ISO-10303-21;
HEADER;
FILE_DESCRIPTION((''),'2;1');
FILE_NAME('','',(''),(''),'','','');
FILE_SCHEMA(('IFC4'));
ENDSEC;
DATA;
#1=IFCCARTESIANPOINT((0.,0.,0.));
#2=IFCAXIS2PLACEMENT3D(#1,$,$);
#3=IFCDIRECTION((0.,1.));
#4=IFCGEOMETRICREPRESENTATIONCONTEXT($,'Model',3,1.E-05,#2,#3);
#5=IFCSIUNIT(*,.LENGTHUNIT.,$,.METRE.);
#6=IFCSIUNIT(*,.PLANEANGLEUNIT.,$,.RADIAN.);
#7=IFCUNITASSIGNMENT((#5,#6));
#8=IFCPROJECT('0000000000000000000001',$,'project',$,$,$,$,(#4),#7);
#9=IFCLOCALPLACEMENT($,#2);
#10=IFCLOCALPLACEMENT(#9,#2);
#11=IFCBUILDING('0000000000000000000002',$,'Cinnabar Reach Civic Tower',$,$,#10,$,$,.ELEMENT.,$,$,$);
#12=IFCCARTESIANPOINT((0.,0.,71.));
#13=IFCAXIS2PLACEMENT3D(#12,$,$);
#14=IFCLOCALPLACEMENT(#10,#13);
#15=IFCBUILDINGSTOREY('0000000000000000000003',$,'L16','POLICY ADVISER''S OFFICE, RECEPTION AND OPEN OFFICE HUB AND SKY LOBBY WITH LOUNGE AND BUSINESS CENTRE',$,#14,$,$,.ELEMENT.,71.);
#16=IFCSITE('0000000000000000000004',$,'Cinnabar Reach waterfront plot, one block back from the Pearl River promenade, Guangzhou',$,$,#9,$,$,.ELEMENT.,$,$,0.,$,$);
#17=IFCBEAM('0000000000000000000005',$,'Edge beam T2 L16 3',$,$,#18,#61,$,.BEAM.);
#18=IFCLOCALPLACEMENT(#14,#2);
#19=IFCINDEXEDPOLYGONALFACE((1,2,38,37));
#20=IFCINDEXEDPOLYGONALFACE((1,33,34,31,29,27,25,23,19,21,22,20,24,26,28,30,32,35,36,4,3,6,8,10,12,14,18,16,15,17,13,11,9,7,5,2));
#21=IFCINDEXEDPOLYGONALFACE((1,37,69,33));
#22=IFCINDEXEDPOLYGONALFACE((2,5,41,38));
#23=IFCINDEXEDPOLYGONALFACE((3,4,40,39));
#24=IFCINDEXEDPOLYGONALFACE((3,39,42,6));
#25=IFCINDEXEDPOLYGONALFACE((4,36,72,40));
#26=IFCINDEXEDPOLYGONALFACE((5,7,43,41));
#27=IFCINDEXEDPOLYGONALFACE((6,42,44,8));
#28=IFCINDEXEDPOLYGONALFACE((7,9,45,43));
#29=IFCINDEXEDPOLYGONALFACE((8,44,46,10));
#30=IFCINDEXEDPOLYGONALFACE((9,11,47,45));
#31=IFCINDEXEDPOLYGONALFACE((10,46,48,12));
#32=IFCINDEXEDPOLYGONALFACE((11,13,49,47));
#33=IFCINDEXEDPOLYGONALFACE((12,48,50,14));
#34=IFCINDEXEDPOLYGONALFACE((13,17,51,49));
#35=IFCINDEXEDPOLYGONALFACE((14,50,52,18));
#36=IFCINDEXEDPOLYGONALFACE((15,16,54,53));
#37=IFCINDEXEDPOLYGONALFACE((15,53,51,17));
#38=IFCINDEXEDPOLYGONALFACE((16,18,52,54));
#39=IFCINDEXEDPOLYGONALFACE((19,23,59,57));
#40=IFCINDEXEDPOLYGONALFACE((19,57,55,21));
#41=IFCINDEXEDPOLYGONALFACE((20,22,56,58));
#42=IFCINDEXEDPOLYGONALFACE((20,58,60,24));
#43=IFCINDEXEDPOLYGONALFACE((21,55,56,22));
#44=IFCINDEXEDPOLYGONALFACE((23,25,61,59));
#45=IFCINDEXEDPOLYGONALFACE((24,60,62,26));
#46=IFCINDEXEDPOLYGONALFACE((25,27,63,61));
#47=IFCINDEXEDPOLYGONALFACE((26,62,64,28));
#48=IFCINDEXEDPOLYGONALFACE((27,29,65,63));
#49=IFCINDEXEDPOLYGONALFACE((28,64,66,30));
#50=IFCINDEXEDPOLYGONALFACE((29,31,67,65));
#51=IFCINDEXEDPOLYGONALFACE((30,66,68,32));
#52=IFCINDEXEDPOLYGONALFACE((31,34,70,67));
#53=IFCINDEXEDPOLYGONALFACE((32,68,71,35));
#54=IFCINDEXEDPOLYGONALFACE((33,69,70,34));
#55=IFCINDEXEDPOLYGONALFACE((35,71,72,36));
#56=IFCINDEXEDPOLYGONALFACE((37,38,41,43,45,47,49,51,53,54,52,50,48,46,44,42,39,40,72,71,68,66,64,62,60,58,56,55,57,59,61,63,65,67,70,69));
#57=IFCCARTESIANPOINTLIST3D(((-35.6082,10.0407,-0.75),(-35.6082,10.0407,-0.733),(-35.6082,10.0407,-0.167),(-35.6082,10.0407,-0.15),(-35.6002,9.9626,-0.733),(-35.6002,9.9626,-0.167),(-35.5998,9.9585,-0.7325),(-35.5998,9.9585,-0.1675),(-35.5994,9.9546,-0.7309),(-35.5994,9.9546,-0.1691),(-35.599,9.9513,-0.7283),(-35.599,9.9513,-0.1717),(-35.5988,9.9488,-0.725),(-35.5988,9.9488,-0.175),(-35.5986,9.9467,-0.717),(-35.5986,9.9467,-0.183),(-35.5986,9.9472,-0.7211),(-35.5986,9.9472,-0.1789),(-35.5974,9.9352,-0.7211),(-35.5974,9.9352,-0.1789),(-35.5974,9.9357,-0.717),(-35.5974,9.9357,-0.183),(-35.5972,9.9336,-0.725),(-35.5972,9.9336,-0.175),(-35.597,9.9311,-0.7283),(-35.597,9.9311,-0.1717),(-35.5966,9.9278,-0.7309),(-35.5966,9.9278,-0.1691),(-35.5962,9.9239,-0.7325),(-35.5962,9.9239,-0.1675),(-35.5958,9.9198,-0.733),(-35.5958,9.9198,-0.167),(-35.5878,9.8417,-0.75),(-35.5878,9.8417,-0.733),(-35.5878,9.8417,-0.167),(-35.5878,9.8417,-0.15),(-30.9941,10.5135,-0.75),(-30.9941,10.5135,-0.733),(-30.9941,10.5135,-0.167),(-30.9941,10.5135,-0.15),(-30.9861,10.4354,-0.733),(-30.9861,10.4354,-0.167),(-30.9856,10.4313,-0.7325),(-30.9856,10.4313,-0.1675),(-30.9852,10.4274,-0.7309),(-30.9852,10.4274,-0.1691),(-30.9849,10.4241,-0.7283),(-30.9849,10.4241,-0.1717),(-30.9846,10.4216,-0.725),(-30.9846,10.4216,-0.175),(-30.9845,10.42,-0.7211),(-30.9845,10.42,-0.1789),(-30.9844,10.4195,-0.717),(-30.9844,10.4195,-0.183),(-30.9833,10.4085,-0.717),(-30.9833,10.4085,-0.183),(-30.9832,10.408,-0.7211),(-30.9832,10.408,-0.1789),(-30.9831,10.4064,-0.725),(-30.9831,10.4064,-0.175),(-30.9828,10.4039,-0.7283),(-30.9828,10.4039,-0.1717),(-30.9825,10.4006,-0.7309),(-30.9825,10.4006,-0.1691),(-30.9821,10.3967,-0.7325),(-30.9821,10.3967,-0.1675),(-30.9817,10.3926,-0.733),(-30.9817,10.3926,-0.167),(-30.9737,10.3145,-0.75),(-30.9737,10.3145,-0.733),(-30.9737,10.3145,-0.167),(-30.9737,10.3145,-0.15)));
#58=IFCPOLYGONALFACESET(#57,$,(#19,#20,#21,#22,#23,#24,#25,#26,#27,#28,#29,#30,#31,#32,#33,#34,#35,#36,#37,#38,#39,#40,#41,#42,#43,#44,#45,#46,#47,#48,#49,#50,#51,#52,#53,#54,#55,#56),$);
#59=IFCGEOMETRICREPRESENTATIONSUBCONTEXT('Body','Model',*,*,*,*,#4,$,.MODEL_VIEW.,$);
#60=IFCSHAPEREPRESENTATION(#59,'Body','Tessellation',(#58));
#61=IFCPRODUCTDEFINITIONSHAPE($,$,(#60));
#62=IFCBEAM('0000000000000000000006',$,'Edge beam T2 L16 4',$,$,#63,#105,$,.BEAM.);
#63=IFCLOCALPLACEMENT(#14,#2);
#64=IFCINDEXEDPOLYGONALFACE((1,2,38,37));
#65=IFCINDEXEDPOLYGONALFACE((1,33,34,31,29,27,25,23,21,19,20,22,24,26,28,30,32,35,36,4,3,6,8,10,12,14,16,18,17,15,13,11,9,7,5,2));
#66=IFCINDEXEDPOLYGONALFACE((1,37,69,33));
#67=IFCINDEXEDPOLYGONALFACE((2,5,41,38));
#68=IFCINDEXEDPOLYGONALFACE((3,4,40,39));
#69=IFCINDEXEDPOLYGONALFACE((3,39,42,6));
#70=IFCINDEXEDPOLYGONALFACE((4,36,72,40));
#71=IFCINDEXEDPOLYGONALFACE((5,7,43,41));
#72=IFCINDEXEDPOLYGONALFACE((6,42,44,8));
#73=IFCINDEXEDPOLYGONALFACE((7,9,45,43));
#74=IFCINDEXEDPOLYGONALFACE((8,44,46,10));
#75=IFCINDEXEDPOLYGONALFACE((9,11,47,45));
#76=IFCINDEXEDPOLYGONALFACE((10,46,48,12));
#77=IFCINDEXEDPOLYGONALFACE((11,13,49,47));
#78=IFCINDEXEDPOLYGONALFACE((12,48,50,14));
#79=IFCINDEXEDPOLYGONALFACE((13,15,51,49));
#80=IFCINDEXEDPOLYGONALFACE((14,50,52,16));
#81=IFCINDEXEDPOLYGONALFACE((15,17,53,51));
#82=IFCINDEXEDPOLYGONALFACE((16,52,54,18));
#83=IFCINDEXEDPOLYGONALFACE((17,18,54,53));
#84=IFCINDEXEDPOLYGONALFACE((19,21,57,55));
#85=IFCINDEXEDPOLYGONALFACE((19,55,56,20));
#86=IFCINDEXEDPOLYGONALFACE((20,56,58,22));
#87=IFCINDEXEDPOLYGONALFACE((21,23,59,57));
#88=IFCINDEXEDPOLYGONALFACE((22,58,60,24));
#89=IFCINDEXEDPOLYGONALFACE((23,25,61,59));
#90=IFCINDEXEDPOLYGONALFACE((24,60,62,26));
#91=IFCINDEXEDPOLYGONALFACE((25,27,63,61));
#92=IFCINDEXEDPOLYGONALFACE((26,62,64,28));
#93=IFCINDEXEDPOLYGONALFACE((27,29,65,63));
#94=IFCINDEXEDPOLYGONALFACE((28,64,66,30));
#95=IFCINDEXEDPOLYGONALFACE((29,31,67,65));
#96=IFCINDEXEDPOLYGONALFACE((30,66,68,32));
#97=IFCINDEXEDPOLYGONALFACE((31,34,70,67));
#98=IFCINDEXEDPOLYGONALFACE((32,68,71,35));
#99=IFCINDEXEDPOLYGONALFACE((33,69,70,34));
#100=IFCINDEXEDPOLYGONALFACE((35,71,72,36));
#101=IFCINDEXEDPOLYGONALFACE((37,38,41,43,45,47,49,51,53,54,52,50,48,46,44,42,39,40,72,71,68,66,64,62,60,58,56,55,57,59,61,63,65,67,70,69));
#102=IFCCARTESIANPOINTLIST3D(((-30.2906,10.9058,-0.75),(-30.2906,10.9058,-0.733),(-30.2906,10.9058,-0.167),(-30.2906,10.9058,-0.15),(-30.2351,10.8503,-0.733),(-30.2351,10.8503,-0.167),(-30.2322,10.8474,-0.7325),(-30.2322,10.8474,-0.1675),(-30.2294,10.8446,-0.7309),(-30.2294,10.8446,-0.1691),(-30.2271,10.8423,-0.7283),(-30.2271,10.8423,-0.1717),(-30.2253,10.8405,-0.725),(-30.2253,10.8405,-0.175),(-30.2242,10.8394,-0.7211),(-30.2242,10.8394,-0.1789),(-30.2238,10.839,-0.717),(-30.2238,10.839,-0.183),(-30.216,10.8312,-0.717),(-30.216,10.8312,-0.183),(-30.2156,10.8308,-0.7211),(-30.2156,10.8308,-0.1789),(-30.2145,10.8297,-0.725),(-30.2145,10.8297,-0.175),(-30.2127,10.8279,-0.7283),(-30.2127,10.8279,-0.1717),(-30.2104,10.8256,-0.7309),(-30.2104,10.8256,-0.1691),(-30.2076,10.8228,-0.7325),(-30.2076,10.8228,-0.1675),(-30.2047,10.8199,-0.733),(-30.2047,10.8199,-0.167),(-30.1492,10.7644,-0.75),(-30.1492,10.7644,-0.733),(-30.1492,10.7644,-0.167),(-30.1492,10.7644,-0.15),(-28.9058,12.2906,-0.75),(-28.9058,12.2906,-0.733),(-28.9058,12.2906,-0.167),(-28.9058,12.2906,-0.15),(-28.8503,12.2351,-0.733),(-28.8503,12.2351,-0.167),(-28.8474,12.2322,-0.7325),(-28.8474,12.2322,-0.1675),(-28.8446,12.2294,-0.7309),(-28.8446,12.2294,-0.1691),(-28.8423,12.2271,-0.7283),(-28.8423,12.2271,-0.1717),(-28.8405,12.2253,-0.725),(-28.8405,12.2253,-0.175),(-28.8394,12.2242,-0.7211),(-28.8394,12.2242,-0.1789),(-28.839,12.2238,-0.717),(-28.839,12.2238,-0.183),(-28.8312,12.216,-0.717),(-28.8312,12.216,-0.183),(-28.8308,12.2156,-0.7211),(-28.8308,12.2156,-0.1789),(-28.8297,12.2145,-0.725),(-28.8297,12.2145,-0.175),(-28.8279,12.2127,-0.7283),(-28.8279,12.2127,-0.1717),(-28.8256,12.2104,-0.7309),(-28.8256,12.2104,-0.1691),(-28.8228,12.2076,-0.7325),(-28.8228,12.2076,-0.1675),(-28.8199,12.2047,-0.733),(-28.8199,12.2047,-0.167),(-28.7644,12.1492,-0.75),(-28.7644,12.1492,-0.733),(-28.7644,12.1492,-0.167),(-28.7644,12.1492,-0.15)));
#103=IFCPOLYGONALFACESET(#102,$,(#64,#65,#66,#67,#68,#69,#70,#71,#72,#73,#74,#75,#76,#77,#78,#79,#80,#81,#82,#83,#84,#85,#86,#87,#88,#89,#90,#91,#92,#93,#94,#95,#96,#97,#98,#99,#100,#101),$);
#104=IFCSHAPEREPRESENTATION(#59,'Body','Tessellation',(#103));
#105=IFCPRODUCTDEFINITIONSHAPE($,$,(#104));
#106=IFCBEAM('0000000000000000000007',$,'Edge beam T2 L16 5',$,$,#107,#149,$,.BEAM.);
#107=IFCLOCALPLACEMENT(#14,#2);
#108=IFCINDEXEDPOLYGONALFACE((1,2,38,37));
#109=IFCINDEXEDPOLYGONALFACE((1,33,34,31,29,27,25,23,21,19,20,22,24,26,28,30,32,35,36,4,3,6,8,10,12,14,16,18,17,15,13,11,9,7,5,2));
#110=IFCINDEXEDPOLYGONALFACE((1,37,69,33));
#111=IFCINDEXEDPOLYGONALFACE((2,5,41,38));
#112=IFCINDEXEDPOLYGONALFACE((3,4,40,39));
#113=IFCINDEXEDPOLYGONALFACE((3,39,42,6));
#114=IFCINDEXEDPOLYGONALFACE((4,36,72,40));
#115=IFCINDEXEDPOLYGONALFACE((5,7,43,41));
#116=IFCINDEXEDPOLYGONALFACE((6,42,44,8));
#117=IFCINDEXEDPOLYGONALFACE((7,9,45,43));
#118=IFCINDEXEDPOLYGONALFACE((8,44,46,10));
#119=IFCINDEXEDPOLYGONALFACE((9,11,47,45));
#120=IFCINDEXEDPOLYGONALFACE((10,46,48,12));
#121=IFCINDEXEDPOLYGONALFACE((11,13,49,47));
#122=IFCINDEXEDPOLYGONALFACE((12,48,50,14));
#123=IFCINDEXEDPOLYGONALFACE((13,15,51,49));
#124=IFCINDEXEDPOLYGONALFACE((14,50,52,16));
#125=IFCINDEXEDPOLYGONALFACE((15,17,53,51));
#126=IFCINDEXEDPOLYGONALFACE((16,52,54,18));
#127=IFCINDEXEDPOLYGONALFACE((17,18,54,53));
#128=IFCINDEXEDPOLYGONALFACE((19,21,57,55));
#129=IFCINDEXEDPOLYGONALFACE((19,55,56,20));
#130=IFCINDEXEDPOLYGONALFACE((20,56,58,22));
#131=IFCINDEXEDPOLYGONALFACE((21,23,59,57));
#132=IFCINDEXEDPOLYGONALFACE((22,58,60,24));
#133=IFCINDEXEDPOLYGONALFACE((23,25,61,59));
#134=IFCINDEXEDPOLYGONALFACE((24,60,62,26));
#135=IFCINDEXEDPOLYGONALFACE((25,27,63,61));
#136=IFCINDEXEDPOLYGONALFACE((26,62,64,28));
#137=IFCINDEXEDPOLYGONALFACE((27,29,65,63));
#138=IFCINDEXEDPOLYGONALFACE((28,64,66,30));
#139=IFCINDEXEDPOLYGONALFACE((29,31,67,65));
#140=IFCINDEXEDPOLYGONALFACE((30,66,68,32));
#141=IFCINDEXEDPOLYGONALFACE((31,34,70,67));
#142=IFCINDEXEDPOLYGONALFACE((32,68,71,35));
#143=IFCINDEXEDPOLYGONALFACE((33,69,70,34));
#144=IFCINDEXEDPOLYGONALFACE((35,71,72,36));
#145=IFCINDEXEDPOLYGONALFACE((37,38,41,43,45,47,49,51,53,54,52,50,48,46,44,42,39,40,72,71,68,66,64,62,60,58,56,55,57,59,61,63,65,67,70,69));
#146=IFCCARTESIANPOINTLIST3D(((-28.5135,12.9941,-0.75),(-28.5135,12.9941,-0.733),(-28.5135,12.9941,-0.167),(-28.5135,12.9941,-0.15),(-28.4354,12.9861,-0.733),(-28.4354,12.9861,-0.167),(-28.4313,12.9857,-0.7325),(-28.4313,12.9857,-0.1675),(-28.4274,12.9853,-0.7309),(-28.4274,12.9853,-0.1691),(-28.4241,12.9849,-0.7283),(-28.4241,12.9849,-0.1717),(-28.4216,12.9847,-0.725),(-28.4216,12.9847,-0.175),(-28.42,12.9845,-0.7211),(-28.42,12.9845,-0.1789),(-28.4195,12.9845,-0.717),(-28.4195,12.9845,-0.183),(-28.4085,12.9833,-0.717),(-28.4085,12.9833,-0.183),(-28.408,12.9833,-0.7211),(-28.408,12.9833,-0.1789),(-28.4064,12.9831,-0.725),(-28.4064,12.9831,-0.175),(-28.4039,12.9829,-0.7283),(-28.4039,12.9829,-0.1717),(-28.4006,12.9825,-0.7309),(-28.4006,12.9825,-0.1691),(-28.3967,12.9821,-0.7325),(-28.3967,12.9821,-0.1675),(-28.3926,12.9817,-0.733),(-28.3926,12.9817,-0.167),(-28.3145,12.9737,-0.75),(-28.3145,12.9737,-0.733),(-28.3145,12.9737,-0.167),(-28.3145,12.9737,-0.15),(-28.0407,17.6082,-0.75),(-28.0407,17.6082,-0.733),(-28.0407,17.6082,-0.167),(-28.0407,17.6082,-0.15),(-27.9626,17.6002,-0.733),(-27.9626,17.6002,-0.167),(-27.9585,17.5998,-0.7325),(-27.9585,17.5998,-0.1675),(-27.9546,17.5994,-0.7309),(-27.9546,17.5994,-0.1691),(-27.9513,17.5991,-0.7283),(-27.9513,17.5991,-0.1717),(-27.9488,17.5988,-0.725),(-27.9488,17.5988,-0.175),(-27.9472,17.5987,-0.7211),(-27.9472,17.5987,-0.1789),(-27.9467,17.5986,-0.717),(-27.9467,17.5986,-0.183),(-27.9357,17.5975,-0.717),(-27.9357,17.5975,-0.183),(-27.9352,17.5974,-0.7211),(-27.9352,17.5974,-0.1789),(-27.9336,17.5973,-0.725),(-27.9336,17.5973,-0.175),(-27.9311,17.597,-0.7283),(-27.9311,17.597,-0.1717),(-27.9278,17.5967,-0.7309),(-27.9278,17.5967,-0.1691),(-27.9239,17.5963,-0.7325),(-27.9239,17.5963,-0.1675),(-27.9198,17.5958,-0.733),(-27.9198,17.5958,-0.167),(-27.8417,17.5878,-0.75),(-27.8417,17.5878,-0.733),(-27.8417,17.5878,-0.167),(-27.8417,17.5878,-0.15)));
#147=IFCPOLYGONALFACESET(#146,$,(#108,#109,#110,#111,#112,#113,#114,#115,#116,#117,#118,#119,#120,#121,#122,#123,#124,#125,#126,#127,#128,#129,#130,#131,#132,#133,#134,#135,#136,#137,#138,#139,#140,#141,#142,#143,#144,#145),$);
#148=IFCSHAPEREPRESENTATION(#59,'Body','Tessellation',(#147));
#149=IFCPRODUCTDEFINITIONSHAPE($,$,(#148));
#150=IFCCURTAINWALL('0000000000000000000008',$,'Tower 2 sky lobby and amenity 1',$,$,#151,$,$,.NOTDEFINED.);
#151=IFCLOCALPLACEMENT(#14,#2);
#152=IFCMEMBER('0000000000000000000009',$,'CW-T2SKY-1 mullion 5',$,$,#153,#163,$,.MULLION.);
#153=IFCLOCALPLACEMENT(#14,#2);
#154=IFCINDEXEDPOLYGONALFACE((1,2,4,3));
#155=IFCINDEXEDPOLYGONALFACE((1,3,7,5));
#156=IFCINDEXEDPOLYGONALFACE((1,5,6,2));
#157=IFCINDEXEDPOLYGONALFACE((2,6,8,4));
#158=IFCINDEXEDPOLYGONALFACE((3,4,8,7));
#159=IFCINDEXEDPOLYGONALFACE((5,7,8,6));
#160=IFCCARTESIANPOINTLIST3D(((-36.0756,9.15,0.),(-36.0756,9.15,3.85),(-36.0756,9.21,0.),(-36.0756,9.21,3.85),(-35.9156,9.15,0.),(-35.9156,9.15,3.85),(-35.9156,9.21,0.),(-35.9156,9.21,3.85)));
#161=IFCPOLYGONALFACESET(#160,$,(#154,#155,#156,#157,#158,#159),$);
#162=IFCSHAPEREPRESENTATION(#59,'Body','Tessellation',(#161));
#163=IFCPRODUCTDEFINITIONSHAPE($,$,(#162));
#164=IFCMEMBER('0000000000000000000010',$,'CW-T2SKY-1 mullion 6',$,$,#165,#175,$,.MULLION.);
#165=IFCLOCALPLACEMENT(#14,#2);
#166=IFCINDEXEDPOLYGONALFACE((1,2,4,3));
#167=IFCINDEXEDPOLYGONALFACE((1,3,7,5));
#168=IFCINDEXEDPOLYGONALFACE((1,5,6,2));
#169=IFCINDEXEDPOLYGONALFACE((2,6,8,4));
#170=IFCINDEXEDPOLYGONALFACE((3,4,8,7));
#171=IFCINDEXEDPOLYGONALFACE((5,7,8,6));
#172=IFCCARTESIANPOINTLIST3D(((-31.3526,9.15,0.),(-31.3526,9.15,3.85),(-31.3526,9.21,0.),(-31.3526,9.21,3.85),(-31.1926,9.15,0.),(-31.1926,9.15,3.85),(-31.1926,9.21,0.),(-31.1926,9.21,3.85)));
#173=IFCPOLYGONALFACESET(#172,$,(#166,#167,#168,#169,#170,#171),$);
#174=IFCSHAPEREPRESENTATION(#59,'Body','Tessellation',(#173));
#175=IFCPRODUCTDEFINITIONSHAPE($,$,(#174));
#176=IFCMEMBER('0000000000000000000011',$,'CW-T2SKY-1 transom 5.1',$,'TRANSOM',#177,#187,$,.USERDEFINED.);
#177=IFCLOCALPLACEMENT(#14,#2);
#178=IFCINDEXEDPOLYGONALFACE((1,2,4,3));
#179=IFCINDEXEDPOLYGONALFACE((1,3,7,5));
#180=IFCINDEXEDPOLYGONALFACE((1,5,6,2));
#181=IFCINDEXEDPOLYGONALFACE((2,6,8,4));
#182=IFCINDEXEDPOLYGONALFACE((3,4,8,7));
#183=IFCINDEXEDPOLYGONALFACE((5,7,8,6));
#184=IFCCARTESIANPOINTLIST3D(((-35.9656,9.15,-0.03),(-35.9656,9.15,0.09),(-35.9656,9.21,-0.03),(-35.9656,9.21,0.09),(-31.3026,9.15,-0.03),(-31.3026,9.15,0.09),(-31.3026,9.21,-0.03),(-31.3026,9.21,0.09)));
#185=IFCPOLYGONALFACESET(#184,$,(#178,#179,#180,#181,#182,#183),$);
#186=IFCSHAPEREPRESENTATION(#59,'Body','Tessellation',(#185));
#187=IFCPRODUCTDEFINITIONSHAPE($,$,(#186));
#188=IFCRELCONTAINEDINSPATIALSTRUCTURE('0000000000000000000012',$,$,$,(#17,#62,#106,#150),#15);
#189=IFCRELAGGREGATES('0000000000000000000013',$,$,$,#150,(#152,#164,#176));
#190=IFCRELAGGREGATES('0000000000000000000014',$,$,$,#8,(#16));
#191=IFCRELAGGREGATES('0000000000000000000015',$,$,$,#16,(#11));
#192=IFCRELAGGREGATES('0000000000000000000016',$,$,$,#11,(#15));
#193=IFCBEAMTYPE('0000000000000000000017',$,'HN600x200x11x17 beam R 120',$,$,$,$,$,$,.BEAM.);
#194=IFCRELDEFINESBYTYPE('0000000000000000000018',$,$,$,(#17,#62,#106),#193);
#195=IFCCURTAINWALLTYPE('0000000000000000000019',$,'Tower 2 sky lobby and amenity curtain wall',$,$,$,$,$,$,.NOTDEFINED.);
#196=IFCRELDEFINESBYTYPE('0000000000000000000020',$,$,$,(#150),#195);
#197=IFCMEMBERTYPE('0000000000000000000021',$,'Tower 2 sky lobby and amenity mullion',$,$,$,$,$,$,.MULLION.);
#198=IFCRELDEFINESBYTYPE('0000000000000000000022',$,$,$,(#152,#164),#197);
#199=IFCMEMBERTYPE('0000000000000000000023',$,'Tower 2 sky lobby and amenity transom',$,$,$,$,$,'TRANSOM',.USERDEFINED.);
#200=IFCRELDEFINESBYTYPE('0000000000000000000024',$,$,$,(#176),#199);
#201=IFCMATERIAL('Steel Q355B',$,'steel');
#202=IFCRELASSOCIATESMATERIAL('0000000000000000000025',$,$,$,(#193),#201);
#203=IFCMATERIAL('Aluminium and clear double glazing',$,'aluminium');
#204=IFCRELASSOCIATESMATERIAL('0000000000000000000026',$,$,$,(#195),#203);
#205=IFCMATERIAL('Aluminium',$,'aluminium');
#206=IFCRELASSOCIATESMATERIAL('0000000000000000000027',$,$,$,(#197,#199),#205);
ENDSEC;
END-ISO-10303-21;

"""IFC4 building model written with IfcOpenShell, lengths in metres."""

from ifc_helpers import new_model, si_unit, direction, frame, origin, origin_2d, place, context, subcontext, project, spatial, rectangle, i_section, extrude, material, material_profile, profile_set, type_object, element, aggregate, save


model = new_model("IFC4")

# Units and contexts
model_context = context("Model", 3, precision=1e-05, world=origin(), true_north=direction((0.0, 1.0)))
body_context = subcontext(model_context, "Body", "Model", "MODEL_VIEW")
ifc_project = project(units=[si_unit("LENGTHUNIT", "METRE"), si_unit("PLANEANGLEUNIT", "RADIAN")], contexts=[model_context])

# Site, building, storey
site_placement = place(None, origin())
site = spatial("IfcSite", under=ifc_project, at=site_placement, Name="Cinnabar Reach waterfront plot, one block back from the Pearl River promenade, Guangzhou", CompositionType="ELEMENT", RefElevation=0.0)
building_placement = place(site_placement, origin())
building = spatial("IfcBuilding", under=site, at=building_placement, Name="Cinnabar Reach Civic Tower", CompositionType="ELEMENT")
storey_placement = place(building_placement, frame((0.0, 0.0, 71.0)))
storey = spatial("IfcBuildingStorey", under=building, at=storey_placement, Name="L16", Description="POLICY ADVISER'S OFFICE, RECEPTION AND OPEN OFFICE HUB AND SKY LOBBY WITH LOUNGE AND BUSINESS CENTRE", CompositionType="ELEMENT", Elevation=71.0)

# Beams
ifc_material_1 = material(Name="Steel Q355B", Category="steel")
ifc_material_profile_1 = material_profile(ifc_material_1, i_section(OverallWidth=0.2, OverallDepth=0.6, WebThickness=0.011, FlangeThickness=0.017, FilletRadius=0.016, at=origin_2d()), Name="HN600x200x11x17")
ifc_profile_set_1 = profile_set([ifc_material_profile_1], Name="Steel Q355B")
beam_type_1 = type_object("IfcBeamType", Name="HN600x200x11x17 beam R 120", PredefinedType="BEAM", material=ifc_profile_set_1)
beam_1_placement = place(storey_placement, frame((-35.598, 9.9412, -0.45), z_axis=(0.994791, 0.101935, 0.0), x_axis=(-0.101935, 0.994791, 0.0)))
element("IfcBeam", 1, at=beam_1_placement, inside=storey, type_object=beam_type_1, Name="Edge beam T2 L16 3", PredefinedType="BEAM", context=body_context, shape_type="SweptSolid", body=[
    extrude(i_section(OverallWidth=0.2, OverallDepth=0.6, WebThickness=0.011, FlangeThickness=0.017, FilletRadius=0.016, at=origin_2d()), origin(), (0.0, 0.0, 1.0), 4.6383),
])
beam_2_placement = place(storey_placement, frame((-30.2199, 10.8351, -0.45), z_axis=(0.707107, 0.707107, 0.0), x_axis=(-0.707107, 0.707107, 0.0)))
element("IfcBeam", 2, at=beam_2_placement, inside=storey, type_object=beam_type_1, Name="Edge beam T2 L16 4", PredefinedType="BEAM", context=body_context, shape_type="SweptSolid", body=[
    extrude(i_section(OverallWidth=0.2, OverallDepth=0.6, WebThickness=0.011, FlangeThickness=0.017, FilletRadius=0.016, at=origin_2d()), origin(), (0.0, 0.0, 1.0), 1.9584),
])
beam_3_placement = place(storey_placement, frame((-28.414, 12.9839, -0.45), z_axis=(0.101935, 0.994791, 0.0), x_axis=(-0.994791, 0.101935, 0.0)))
element("IfcBeam", 3, at=beam_3_placement, inside=storey, type_object=beam_type_1, Name="Edge beam T2 L16 5", PredefinedType="BEAM", context=body_context, shape_type="SweptSolid", body=[
    extrude(i_section(OverallWidth=0.2, OverallDepth=0.6, WebThickness=0.011, FlangeThickness=0.017, FilletRadius=0.016, at=origin_2d()), origin(), (0.0, 0.0, 1.0), 4.6383),
])

# Curtain wall, members
ifc_material_2 = material(Name="Aluminium and clear double glazing", Category="aluminium")
curtain_wall_type = type_object("IfcCurtainWallType", Name="Tower 2 sky lobby and amenity curtain wall", PredefinedType="NOTDEFINED", material=ifc_material_2)
curtain_wall_placement = place(storey_placement, origin())
curtain_wall = element("IfcCurtainWall", 4, at=curtain_wall_placement, inside=storey, type_object=curtain_wall_type, Name="Tower 2 sky lobby and amenity 1", PredefinedType="NOTDEFINED")
ifc_material_3 = material(Name="Aluminium", Category="aluminium")
ifc_material_profile_2 = material_profile(ifc_material_3, rectangle(XDim=0.06, YDim=0.16, at=origin_2d()), Name="Tower 2 sky lobby and amenity mullion")
ifc_profile_set_2 = profile_set([ifc_material_profile_2], Name="Aluminium")
member_type_1 = type_object("IfcMemberType", Name="Tower 2 sky lobby and amenity mullion", PredefinedType="MULLION", material=ifc_profile_set_2)
member_1_placement = place(storey_placement, frame((-35.9956, 9.18, 0.0), z_axis=(0.0, 0.0, 1.0), x_axis=(0.0, 1.0, 0.0)))
member_1 = element("IfcMember", 5, at=member_1_placement, type_object=member_type_1, Name="CW-T2SKY-1 mullion 5", PredefinedType="MULLION", context=body_context, shape_type="SweptSolid", body=[
    extrude(rectangle(XDim=0.06, YDim=0.16, at=origin_2d()), origin(), (0.0, 0.0, 1.0), 3.85),
])
member_2_placement = place(storey_placement, frame((-31.2726, 9.18, 0.0), z_axis=(0.0, 0.0, 1.0), x_axis=(0.0, 1.0, 0.0)))
member_2 = element("IfcMember", 6, at=member_2_placement, type_object=member_type_1, Name="CW-T2SKY-1 mullion 6", PredefinedType="MULLION", context=body_context, shape_type="SweptSolid", body=[
    extrude(rectangle(XDim=0.06, YDim=0.16, at=origin_2d()), origin(), (0.0, 0.0, 1.0), 3.85),
])
ifc_material_profile_3 = material_profile(ifc_material_3, rectangle(XDim=0.06, YDim=0.12, at=origin_2d()), Name="Tower 2 sky lobby and amenity transom")
ifc_profile_set_3 = profile_set([ifc_material_profile_3], Name="Aluminium")
member_type_2 = type_object("IfcMemberType", Name="Tower 2 sky lobby and amenity transom", ElementType="TRANSOM", PredefinedType="USERDEFINED", material=ifc_profile_set_3)
member_3_placement = place(storey_placement, frame((-35.9656, 9.18, 0.03), z_axis=(1.0, 0.0, 0.0), x_axis=(0.0, 1.0, 0.0)))
member_3 = element("IfcMember", 7, at=member_3_placement, type_object=member_type_2, Name="CW-T2SKY-1 transom 5.1", ObjectType="TRANSOM", PredefinedType="USERDEFINED", context=body_context, shape_type="SweptSolid", body=[
    extrude(rectangle(XDim=0.06, YDim=0.12, at=origin_2d()), origin(), (0.0, 0.0, 1.0), 4.663),
])
aggregate(curtain_wall, [member_1, member_2, member_3])

save(model, "model.ifc")
